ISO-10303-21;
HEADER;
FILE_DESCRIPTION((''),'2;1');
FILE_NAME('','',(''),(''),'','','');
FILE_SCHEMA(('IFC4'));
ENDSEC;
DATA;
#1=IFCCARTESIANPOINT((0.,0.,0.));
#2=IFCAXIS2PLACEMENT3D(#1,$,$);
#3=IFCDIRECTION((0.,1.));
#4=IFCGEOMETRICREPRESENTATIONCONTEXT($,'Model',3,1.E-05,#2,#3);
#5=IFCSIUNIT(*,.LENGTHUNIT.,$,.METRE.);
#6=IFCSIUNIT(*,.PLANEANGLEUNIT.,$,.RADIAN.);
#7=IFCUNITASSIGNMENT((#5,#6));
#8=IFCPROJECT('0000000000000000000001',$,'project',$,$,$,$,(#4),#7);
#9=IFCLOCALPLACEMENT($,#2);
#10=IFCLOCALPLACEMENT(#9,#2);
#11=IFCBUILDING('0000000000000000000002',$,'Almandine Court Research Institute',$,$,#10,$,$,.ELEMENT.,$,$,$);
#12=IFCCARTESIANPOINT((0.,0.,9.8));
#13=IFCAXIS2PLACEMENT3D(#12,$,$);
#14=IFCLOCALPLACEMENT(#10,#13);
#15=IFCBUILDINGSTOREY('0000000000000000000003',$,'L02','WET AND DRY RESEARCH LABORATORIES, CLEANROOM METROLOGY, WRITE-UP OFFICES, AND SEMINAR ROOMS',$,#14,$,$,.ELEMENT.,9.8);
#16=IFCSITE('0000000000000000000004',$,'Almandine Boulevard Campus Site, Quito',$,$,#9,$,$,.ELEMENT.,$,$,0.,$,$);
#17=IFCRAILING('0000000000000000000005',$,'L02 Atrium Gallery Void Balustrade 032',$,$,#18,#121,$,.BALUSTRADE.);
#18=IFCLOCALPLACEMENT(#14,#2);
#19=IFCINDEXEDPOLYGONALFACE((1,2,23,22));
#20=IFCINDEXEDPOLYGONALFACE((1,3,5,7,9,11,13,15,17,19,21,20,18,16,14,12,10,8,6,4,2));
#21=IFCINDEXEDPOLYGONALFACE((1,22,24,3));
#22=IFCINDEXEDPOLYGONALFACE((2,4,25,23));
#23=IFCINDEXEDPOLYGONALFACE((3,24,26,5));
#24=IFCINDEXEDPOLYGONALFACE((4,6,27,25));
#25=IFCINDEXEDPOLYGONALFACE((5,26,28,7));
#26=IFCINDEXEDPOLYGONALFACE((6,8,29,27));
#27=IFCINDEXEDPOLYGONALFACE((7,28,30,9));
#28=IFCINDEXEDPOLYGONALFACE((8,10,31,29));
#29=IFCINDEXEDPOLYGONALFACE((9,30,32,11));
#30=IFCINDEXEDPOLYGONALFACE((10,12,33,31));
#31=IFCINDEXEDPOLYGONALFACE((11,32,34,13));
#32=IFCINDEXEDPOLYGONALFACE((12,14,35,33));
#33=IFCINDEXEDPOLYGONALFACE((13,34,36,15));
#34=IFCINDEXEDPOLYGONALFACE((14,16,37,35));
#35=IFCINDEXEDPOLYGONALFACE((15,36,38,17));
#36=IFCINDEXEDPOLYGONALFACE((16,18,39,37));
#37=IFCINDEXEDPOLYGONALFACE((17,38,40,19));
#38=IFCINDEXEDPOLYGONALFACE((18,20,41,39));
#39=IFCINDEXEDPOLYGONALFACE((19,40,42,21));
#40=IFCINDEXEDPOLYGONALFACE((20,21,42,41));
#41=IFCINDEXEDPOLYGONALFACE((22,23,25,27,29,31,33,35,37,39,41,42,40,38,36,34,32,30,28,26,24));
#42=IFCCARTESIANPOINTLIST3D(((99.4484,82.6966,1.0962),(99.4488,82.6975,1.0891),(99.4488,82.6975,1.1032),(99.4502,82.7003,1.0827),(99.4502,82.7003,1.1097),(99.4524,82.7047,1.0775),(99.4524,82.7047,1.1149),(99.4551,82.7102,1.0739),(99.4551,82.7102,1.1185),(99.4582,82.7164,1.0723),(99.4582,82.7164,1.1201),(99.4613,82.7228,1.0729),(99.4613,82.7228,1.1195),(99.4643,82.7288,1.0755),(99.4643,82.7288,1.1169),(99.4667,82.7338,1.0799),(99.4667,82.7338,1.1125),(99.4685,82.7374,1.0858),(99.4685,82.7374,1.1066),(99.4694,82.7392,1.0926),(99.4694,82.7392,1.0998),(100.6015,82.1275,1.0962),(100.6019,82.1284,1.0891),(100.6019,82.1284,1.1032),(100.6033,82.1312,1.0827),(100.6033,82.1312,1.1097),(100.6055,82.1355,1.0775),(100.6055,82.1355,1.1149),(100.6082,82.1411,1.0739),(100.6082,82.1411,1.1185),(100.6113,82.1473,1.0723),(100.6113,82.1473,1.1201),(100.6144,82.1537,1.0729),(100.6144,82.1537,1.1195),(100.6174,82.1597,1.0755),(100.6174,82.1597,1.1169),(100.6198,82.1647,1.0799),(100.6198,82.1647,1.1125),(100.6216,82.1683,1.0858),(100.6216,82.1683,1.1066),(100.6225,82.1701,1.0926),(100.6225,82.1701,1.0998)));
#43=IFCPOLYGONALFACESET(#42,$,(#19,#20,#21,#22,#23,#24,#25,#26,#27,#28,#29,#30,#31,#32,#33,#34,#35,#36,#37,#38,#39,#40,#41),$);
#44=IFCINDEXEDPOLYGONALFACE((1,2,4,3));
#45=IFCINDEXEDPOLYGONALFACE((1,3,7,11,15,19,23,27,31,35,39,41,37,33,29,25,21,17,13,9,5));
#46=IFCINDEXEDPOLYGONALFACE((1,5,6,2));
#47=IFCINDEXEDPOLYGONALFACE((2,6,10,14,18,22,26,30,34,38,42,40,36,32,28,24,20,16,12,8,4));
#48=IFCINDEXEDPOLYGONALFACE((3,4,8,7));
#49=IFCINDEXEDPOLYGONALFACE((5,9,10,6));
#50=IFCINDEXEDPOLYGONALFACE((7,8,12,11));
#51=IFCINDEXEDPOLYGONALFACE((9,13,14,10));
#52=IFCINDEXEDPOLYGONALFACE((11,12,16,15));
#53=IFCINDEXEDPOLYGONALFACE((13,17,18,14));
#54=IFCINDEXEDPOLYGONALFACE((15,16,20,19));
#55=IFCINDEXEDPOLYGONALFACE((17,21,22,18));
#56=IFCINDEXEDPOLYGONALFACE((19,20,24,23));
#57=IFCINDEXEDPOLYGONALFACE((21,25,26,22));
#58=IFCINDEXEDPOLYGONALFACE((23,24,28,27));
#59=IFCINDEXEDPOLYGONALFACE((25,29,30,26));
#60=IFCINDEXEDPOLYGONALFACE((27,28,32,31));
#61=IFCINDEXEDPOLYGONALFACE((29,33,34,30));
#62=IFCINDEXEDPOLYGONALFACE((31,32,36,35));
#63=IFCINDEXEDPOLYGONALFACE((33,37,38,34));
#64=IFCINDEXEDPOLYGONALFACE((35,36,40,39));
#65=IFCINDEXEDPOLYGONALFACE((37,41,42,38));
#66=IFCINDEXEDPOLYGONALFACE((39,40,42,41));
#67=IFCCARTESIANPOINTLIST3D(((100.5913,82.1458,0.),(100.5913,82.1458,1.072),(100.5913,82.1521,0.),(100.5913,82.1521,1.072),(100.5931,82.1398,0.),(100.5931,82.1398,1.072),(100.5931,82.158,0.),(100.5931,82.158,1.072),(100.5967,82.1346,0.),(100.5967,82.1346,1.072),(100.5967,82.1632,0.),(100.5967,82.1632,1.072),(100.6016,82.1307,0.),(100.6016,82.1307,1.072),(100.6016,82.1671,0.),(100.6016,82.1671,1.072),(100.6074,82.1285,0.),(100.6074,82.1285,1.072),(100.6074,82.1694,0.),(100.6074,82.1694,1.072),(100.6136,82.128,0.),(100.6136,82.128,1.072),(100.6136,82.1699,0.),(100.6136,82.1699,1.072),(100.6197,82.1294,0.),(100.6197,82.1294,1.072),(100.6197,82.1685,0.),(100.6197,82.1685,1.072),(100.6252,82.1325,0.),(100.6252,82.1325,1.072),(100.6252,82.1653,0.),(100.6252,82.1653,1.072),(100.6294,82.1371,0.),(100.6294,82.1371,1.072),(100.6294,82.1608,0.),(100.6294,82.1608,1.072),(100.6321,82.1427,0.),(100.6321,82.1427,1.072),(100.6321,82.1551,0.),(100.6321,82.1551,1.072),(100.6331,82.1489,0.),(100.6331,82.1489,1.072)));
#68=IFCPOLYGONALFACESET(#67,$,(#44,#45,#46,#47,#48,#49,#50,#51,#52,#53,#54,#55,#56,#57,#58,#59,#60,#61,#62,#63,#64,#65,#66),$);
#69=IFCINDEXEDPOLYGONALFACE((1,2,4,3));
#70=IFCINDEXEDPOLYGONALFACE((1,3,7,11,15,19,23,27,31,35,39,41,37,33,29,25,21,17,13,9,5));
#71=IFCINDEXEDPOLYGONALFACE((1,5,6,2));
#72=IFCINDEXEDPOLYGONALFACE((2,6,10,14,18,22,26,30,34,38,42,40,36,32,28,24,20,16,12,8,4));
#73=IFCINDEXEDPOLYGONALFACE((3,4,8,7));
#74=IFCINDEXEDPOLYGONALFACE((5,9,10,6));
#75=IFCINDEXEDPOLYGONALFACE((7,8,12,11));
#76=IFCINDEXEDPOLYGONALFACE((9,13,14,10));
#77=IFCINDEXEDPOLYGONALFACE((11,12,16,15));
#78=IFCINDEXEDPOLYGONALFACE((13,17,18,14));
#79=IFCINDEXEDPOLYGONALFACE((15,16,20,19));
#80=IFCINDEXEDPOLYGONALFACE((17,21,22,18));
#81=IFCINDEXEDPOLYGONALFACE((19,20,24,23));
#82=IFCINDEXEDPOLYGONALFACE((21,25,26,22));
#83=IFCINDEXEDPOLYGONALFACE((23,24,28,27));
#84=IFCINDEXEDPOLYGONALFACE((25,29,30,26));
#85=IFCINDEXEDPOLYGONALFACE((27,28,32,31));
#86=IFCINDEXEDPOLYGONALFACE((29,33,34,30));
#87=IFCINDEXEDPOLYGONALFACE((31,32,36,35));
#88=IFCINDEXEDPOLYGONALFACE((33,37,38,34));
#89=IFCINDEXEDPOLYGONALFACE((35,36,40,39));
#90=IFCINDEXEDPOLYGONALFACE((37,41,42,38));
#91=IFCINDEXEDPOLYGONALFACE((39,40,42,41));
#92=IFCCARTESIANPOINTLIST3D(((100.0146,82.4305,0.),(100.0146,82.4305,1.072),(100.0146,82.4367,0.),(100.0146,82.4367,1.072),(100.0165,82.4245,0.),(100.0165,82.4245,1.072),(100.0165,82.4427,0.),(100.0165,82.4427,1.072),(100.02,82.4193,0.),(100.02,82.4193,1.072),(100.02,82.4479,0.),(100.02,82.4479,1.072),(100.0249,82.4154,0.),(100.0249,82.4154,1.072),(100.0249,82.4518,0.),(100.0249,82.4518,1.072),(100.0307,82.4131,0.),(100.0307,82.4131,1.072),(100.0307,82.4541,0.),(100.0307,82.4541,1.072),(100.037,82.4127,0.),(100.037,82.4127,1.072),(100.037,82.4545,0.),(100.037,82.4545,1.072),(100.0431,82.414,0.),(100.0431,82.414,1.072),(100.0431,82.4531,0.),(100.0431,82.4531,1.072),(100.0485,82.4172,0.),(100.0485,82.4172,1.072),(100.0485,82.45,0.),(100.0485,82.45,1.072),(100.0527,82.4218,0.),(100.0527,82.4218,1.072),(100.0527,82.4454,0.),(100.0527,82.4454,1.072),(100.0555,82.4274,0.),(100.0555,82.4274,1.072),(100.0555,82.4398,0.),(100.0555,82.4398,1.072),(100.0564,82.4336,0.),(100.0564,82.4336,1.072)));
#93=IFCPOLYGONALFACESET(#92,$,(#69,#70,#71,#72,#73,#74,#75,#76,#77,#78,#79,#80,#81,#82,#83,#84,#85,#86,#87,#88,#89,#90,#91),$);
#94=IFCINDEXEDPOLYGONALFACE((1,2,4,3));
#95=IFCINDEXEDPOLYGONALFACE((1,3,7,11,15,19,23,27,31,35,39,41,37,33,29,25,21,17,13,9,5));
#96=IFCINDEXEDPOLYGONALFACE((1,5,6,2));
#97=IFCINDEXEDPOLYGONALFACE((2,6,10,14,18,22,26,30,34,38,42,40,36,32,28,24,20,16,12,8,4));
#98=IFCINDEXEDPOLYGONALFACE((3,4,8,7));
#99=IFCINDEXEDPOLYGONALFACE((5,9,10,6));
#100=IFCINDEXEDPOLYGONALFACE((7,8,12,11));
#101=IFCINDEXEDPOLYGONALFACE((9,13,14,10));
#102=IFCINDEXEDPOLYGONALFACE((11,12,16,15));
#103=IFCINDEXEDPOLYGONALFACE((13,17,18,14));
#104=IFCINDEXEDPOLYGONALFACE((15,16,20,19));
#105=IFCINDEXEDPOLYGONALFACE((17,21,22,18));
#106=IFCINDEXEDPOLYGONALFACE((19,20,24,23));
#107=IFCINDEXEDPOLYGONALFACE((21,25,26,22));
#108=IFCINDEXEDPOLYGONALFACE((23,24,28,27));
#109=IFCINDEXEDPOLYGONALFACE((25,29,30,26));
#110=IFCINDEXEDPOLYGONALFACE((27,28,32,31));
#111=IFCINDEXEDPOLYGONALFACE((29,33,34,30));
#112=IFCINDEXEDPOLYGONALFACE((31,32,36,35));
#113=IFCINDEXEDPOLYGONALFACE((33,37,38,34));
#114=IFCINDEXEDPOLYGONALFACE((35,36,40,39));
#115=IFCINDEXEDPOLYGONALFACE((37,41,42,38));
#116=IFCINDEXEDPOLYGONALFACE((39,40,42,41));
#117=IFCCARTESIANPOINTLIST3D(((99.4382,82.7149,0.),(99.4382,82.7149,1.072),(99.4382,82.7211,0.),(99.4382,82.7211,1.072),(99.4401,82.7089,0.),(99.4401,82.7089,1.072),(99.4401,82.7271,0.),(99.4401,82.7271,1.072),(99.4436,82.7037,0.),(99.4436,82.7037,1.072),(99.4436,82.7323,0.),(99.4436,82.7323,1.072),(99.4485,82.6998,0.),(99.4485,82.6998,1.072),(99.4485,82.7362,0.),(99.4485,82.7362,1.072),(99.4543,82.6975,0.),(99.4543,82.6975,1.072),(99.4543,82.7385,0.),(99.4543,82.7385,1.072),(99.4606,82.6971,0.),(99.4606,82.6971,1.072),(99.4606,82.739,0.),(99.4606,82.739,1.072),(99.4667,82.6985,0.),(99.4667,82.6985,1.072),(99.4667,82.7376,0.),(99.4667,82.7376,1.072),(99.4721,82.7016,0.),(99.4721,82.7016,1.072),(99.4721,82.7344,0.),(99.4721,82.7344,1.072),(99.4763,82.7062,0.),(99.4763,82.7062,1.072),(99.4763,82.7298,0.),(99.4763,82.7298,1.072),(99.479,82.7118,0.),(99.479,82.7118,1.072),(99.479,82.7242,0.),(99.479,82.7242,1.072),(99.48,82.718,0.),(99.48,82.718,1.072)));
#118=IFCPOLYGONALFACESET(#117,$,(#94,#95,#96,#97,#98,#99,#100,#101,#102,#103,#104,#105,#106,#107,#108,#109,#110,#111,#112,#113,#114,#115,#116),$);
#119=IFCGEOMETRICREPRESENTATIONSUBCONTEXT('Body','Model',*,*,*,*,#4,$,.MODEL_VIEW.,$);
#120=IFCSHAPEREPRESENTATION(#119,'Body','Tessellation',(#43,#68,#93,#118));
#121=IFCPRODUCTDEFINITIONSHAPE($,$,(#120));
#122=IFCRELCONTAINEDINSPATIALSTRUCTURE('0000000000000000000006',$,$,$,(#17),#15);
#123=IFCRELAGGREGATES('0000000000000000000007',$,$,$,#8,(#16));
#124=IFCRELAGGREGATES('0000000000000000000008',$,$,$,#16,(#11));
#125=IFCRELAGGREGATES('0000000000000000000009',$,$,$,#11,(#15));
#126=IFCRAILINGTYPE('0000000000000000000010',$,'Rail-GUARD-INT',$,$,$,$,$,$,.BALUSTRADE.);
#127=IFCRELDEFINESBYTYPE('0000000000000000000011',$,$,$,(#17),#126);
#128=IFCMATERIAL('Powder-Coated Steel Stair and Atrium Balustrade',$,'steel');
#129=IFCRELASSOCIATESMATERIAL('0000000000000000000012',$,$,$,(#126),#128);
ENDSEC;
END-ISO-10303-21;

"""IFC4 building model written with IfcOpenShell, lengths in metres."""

from ifc_helpers import new_model, si_unit, direction, frame, origin, origin_2d, place, context, subcontext, project, spatial, circle, extrude, material, type_object, element, save


model = new_model("IFC4")

# Units and contexts
model_context = context("Model", 3, precision=1e-05, world=origin(), true_north=direction((0.0, 1.0)))
body_context = subcontext(model_context, "Body", "Model", "MODEL_VIEW")
ifc_project = project(units=[si_unit("LENGTHUNIT", "METRE"), si_unit("PLANEANGLEUNIT", "RADIAN")], contexts=[model_context])

# Site, building, storey
site_placement = place(None, origin())
site = spatial("IfcSite", under=ifc_project, at=site_placement, Name="Almandine Boulevard Campus Site, Quito", CompositionType="ELEMENT", RefElevation=0.0)
building_placement = place(site_placement, origin())
building = spatial("IfcBuilding", under=site, at=building_placement, Name="Almandine Court Research Institute", CompositionType="ELEMENT")
storey_placement = place(building_placement, frame((0.0, 0.0, 9.8)))
storey = spatial("IfcBuildingStorey", under=building, at=storey_placement, Name="L02", Description="WET AND DRY RESEARCH LABORATORIES, CLEANROOM METROLOGY, WRITE-UP OFFICES, AND SEMINAR ROOMS", CompositionType="ELEMENT", Elevation=9.8)

# Railing
ifc_material_1 = material(Name="Powder-Coated Steel Stair and Atrium Balustrade", Category="steel")
railing_type = type_object("IfcRailingType", Name="Rail-GUARD-INT", PredefinedType="BALUSTRADE", material=ifc_material_1)
railing_1_placement = place(storey_placement, frame((100.6121, 82.1489, 0.0)))
element("IfcRailing", 1, at=railing_1_placement, inside=storey, type_object=railing_type, Name="L02 Atrium Gallery Void Balustrade 032", PredefinedType="BALUSTRADE", context=body_context, shape_type="SweptSolid", body=[
    extrude(circle(Radius=0.0239, at=origin_2d()), frame((0.0, 0.0, 1.0962), z_axis=(-0.896732, 0.442575, 0.0), x_axis=(-0.442575, -0.896732, 0.0)), (0.0, 0.0, 1.0), 1.2859),
    extrude(circle(Radius=0.021, at=origin_2d()), origin(), (0.0, 0.0, 1.0), 1.072),
    extrude(circle(Radius=0.021, at=origin_2d()), frame((-0.5767, 0.2847, 0.0)), (0.0, 0.0, 1.0), 1.072),
    extrude(circle(Radius=0.021, at=origin_2d()), frame((-1.1531, 0.5691, 0.0)), (0.0, 0.0, 1.0), 1.072),
])

save(model, "model.ifc")
